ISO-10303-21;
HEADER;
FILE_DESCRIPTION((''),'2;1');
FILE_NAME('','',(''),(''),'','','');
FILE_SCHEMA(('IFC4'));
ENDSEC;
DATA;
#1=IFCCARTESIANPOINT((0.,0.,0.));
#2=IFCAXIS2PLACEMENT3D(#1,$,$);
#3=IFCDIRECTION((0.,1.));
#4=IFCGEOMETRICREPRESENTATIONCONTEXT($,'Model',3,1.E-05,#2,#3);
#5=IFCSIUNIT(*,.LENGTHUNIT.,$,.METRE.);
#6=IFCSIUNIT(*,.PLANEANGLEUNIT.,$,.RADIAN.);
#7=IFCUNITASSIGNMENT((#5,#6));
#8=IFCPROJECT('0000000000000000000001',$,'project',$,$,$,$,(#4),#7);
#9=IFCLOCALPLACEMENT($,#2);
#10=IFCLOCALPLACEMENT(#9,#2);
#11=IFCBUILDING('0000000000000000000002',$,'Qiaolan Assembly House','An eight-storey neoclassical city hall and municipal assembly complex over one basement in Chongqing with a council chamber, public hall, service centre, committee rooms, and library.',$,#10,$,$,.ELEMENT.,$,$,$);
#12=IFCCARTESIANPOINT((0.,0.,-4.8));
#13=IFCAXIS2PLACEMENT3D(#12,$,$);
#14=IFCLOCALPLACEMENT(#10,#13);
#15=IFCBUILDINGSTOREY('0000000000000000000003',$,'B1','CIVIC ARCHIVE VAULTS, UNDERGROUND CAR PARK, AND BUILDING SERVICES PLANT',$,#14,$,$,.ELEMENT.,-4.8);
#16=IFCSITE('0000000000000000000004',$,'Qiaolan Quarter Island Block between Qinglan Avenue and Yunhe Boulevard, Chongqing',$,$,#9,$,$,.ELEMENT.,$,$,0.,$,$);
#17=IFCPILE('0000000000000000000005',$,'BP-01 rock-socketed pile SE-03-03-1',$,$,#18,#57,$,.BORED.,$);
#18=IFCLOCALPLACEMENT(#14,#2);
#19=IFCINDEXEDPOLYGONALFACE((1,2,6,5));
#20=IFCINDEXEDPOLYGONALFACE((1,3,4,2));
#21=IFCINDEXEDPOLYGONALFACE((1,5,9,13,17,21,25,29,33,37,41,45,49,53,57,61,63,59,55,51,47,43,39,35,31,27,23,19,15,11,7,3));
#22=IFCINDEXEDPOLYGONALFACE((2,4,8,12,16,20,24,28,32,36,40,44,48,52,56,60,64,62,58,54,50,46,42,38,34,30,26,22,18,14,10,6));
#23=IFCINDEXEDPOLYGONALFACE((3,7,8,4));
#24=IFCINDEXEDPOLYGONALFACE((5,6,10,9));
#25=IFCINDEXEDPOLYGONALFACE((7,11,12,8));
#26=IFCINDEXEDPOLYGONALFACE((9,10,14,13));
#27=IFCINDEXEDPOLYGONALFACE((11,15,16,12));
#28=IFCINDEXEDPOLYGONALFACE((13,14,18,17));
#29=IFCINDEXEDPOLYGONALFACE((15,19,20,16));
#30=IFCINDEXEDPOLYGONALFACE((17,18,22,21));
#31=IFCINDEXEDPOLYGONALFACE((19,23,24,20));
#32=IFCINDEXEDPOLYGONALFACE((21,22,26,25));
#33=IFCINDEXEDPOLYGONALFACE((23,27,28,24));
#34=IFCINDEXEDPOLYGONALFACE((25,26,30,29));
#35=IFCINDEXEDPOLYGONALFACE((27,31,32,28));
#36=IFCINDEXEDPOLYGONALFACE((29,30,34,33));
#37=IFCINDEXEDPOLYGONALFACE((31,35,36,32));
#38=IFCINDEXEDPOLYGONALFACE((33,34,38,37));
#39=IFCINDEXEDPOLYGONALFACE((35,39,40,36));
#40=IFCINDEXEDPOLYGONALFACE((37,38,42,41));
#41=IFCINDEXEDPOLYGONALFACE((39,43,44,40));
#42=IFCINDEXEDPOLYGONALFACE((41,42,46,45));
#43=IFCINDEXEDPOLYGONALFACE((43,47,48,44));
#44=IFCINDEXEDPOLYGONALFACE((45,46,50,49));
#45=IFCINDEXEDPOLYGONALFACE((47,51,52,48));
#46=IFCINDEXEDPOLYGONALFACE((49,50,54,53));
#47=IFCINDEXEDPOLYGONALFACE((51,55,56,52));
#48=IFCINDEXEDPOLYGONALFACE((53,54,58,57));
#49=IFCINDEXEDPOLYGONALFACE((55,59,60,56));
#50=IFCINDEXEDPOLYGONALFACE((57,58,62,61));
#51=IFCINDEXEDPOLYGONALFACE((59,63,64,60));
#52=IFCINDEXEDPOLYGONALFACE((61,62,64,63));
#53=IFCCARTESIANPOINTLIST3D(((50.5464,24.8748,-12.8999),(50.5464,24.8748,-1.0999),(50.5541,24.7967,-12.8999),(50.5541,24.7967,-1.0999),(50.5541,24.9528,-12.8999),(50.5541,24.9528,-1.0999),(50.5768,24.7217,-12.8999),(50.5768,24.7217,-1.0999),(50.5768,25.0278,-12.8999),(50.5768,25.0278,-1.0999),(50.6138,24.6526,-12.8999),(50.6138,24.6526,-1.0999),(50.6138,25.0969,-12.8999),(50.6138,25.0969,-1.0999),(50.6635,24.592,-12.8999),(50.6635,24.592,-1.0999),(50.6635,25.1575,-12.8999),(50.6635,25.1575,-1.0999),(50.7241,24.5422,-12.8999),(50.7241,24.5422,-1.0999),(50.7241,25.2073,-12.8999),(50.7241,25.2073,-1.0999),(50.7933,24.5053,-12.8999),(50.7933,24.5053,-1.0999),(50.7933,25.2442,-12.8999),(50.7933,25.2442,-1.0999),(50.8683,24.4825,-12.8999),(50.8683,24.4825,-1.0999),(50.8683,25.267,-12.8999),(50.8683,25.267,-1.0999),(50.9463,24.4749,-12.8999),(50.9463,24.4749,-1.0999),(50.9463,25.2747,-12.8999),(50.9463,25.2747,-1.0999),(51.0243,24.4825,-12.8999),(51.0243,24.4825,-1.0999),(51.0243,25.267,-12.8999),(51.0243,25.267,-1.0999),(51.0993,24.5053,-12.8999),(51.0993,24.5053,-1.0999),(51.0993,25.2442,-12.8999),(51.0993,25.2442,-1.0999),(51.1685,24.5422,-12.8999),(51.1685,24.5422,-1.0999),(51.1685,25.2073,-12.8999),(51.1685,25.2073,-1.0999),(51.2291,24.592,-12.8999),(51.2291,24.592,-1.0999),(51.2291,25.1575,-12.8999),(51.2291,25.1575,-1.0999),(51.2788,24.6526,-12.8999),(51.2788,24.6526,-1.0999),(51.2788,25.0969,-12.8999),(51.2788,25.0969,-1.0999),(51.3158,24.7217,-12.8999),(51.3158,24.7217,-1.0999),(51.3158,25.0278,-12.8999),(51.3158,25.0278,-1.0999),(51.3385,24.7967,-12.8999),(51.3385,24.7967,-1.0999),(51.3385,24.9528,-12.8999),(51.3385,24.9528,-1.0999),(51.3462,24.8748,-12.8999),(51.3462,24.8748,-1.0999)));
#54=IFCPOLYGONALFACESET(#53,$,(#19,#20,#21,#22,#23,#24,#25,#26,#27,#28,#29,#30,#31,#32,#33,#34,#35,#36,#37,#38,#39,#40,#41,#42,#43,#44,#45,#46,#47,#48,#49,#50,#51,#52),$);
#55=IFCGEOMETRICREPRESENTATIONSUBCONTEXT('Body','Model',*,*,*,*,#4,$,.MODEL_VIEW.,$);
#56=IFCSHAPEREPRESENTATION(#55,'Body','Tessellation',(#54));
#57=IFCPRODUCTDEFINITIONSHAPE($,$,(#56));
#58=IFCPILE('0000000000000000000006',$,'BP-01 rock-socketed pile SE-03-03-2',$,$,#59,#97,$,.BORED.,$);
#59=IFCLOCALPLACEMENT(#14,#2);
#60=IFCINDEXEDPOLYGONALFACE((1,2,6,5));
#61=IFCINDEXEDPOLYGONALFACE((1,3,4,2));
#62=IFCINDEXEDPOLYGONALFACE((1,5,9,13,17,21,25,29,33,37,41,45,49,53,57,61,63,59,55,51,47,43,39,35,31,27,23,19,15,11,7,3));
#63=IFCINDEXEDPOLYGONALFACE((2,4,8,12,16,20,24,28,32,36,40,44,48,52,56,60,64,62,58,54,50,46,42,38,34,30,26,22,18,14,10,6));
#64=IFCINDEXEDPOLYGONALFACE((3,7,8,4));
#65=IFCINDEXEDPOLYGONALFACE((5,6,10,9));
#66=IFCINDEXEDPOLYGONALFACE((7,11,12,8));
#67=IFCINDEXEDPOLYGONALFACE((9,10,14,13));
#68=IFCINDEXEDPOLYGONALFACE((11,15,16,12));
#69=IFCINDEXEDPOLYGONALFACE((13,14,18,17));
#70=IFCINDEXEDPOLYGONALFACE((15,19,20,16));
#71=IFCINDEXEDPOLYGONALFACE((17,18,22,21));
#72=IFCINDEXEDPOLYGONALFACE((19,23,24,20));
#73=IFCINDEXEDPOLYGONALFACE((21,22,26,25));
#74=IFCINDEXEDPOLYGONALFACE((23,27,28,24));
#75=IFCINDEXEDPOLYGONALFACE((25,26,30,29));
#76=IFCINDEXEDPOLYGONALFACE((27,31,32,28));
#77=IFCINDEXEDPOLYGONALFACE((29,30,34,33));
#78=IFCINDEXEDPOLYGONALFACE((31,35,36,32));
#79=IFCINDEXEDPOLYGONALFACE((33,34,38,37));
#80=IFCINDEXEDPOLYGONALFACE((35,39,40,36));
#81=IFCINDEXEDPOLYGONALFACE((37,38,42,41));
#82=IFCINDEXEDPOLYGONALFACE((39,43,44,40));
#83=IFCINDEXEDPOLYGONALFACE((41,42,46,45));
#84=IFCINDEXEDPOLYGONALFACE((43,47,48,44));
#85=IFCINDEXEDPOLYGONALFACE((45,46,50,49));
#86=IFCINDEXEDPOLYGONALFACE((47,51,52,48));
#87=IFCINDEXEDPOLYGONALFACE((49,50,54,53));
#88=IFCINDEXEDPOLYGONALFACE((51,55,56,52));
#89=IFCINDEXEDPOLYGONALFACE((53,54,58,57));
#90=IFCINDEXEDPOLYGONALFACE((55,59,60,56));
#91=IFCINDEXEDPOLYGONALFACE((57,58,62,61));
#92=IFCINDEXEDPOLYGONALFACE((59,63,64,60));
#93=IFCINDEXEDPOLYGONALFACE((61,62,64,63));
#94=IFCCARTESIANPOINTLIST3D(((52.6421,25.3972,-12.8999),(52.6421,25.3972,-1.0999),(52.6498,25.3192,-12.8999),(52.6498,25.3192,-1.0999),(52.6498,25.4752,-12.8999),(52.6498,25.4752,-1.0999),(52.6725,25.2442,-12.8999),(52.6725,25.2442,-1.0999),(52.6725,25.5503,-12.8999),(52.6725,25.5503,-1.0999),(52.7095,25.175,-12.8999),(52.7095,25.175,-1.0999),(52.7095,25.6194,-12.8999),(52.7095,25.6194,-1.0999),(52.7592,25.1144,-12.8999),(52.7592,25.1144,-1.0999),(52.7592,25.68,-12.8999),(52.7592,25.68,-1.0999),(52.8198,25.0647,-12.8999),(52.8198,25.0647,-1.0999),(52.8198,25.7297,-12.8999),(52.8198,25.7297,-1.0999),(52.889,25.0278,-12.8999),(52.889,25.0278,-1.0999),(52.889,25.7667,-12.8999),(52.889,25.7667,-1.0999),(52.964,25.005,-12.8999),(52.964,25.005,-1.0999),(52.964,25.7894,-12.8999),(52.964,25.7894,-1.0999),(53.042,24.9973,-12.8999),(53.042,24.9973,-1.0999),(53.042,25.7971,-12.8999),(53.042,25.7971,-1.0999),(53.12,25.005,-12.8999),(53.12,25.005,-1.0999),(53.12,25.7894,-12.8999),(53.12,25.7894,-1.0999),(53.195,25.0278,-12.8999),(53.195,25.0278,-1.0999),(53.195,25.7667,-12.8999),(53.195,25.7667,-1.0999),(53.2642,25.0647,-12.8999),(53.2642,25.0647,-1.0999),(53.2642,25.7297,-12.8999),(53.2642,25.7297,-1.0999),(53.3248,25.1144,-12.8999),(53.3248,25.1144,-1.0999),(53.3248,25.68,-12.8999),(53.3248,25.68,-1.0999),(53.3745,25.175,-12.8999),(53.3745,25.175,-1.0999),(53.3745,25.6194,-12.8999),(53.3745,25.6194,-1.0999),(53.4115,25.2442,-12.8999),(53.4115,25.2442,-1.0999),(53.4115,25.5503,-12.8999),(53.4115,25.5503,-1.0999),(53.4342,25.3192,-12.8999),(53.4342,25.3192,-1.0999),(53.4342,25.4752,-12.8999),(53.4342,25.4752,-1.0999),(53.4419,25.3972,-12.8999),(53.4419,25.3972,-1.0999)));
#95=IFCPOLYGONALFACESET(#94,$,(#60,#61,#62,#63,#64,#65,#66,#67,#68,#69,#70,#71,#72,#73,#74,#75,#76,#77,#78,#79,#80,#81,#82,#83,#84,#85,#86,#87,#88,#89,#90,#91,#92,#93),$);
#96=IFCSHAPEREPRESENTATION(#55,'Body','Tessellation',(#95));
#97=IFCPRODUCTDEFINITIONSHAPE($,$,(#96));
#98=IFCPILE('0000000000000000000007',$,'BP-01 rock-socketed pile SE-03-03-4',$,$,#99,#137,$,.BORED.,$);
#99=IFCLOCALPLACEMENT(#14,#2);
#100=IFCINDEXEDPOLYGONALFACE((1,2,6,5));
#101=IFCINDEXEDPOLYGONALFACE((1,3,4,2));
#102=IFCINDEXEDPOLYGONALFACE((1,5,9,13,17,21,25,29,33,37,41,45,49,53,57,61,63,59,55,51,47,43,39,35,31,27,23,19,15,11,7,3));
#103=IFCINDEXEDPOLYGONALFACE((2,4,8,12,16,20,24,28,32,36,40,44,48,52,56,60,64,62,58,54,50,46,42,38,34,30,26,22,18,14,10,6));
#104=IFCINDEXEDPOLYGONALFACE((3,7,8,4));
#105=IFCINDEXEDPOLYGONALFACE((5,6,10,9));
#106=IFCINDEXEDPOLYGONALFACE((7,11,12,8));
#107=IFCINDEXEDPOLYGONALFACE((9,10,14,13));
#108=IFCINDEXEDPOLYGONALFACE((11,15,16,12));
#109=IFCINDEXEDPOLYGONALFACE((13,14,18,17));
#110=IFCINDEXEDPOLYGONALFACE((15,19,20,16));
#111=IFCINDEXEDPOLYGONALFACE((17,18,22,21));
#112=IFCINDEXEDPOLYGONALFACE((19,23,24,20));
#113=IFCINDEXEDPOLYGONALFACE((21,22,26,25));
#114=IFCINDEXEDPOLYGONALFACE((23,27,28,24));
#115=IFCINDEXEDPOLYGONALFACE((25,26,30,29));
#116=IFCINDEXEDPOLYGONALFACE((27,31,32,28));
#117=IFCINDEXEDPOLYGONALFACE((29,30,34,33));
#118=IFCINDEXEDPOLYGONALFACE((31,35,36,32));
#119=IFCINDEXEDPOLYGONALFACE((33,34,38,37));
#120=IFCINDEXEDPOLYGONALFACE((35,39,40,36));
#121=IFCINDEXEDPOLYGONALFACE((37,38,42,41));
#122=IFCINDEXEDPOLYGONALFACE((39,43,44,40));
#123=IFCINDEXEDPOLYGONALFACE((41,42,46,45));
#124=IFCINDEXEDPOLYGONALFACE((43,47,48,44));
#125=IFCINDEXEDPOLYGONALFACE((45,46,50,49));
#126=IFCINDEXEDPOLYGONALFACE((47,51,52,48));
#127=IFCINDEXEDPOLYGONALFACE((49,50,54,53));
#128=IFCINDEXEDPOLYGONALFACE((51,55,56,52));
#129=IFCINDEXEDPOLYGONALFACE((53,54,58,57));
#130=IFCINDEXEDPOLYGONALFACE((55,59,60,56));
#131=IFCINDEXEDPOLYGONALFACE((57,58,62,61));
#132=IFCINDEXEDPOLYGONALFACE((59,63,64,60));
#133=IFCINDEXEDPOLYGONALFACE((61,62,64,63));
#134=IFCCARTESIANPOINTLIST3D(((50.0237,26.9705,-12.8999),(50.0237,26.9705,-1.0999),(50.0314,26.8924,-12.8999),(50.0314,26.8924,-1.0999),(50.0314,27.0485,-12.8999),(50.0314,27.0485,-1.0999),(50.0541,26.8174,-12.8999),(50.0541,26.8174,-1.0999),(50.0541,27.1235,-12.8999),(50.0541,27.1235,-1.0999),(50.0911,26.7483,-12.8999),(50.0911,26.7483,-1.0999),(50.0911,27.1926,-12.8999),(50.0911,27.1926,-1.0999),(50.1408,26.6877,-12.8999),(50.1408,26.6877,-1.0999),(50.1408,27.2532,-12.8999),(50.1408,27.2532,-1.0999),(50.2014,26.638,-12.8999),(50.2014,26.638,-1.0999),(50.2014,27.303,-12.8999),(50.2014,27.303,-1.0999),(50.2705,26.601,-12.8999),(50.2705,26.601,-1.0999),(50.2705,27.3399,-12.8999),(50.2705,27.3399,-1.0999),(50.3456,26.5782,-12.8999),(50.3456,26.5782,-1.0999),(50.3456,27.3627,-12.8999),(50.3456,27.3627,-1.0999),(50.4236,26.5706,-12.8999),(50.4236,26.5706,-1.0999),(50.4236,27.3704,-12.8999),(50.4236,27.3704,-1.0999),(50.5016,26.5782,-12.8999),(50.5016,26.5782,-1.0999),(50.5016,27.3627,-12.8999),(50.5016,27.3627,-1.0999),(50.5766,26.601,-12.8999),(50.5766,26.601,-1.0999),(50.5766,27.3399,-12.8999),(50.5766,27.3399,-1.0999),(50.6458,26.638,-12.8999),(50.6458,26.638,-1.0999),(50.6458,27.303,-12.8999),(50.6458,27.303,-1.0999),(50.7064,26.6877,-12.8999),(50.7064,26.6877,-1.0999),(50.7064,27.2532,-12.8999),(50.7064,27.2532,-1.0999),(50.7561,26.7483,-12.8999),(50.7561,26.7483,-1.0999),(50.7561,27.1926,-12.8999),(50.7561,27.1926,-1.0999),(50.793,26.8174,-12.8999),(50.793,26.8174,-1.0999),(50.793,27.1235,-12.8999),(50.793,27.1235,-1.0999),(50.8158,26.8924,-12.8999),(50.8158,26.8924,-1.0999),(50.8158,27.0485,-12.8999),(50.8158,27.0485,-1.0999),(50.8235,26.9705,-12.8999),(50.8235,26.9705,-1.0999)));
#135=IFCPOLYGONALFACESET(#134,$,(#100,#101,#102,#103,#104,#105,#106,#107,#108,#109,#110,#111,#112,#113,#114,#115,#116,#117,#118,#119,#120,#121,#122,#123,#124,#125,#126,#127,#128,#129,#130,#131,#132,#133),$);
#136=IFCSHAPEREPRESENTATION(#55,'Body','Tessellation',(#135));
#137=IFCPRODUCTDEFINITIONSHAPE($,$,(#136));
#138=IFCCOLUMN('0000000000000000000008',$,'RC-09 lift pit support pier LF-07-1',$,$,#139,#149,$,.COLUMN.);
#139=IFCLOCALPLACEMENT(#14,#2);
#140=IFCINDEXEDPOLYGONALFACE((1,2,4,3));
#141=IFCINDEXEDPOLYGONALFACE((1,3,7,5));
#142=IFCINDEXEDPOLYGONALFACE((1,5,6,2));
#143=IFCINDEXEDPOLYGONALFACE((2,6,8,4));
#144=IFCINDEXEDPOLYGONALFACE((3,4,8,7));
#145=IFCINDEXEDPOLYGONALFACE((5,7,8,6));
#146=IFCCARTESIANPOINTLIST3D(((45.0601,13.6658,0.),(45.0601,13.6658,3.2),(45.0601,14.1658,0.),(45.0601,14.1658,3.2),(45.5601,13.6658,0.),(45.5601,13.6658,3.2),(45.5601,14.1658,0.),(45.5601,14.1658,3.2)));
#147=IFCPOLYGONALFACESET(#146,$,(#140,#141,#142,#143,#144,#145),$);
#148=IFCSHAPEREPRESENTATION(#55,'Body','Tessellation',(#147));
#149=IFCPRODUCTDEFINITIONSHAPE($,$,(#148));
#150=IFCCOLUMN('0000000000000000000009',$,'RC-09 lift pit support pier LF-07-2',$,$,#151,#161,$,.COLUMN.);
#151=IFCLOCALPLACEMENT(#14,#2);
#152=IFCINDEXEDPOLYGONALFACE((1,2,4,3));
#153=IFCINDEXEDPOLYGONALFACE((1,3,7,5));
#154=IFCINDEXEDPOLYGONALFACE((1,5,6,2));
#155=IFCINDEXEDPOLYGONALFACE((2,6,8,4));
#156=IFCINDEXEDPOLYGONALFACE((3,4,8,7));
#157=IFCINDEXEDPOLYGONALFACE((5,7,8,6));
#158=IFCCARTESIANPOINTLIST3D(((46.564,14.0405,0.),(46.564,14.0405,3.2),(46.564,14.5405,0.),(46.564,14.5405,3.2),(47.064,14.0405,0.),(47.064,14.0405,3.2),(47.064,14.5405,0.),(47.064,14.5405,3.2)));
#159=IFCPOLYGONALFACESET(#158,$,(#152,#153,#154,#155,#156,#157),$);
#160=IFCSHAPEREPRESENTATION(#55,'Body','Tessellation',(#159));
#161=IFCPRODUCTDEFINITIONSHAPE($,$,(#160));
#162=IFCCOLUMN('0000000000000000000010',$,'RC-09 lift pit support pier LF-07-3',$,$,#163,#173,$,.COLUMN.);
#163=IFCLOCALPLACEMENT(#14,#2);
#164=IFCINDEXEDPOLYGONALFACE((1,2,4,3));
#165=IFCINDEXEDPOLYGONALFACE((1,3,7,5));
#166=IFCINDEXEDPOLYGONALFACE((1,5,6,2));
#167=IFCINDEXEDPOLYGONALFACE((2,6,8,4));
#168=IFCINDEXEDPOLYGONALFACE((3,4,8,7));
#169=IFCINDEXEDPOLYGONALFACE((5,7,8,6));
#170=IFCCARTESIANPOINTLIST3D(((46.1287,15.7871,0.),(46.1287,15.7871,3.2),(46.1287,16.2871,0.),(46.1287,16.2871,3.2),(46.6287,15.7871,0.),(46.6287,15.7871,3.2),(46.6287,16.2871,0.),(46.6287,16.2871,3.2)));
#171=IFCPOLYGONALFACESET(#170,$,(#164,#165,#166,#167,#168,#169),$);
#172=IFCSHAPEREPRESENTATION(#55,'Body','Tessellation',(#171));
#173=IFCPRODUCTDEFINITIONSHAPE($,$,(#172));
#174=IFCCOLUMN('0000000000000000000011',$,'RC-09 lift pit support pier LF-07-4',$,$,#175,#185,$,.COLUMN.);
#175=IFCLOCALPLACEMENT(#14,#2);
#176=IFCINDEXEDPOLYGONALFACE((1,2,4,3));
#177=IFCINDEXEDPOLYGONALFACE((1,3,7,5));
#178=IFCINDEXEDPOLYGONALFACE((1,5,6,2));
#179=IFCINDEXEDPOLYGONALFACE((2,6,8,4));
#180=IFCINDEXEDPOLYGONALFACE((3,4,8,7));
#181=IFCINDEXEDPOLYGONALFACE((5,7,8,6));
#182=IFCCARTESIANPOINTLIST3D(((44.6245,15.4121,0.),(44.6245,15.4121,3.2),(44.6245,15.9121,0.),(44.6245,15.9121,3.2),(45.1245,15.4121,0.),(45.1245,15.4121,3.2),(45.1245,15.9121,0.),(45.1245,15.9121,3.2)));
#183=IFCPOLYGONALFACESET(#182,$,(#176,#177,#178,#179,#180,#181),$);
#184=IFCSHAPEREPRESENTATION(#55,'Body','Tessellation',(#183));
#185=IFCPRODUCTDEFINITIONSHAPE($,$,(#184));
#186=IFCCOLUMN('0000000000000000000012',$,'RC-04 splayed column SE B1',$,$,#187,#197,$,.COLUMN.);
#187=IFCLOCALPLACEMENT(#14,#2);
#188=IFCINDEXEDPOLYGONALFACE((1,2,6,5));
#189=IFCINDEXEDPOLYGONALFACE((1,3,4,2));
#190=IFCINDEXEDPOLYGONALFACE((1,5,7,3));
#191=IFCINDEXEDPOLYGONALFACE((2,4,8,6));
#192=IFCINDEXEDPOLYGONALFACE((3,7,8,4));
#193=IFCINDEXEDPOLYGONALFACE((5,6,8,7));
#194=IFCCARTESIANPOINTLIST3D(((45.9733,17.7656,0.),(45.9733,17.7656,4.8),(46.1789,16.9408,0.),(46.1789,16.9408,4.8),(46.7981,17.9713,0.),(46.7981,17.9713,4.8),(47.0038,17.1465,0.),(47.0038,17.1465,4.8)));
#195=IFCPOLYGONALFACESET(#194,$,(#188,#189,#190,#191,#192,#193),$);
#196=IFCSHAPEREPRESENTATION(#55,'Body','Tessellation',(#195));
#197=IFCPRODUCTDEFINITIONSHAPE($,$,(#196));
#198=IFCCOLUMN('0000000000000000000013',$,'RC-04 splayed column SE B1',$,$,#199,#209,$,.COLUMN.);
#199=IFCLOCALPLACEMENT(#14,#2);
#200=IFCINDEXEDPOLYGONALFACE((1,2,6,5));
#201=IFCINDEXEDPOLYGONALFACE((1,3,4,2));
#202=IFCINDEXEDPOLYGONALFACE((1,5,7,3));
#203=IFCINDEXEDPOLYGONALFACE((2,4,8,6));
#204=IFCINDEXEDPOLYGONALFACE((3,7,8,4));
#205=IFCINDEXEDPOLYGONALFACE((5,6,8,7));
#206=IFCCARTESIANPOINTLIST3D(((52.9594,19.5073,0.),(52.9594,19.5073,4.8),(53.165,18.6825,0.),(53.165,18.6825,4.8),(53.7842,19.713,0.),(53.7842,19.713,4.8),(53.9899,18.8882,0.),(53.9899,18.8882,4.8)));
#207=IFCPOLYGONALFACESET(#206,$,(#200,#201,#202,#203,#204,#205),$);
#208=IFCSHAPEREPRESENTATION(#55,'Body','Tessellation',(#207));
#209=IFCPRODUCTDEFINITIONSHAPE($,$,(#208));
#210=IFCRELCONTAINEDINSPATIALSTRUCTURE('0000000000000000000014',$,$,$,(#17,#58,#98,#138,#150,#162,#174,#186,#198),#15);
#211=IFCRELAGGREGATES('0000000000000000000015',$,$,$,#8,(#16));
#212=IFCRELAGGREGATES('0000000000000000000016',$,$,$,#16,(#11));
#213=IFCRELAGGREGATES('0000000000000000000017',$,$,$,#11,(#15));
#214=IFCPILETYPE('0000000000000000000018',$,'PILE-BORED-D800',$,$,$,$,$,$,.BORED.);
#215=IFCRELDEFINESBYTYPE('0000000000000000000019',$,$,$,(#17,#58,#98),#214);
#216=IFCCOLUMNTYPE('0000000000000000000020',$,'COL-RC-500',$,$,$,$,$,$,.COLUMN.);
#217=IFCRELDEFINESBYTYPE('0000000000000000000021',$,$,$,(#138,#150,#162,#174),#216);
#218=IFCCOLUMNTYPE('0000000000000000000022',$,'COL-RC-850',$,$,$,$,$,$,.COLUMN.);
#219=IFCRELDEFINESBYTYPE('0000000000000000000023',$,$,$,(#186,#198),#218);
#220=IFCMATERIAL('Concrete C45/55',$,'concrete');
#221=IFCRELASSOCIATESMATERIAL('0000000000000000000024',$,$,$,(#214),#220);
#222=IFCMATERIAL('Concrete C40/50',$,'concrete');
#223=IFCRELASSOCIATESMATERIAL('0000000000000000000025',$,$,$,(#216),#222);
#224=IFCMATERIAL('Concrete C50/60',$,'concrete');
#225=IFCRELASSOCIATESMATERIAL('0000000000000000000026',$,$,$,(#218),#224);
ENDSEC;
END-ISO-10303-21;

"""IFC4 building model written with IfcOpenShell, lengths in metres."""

from ifc_helpers import new_model, si_unit, direction, frame, origin, origin_2d, place, context, subcontext, project, spatial, rectangle, circle, extrude, material, material_profile, profile_set, type_object, element, save


model = new_model("IFC4")

# Units and contexts
model_context = context("Model", 3, precision=1e-05, world=origin(), true_north=direction((0.0, 1.0)))
body_context = subcontext(model_context, "Body", "Model", "MODEL_VIEW")
ifc_project = project(units=[si_unit("LENGTHUNIT", "METRE"), si_unit("PLANEANGLEUNIT", "RADIAN")], contexts=[model_context])

# Site, building, storey
site_placement = place(None, origin())
site = spatial("IfcSite", under=ifc_project, at=site_placement, Name="Qiaolan Quarter Island Block between Qinglan Avenue and Yunhe Boulevard, Chongqing", CompositionType="ELEMENT", RefElevation=0.0)
building_placement = place(site_placement, origin())
building = spatial("IfcBuilding", under=site, at=building_placement, Name="Qiaolan Assembly House", Description="An eight-storey neoclassical city hall and municipal assembly complex over one basement in Chongqing with a council chamber, public hall, service centre, committee rooms, and library.", CompositionType="ELEMENT")
storey_placement = place(building_placement, frame((0.0, 0.0, -4.8)))
storey = spatial("IfcBuildingStorey", under=building, at=storey_placement, Name="B1", Description="CIVIC ARCHIVE VAULTS, UNDERGROUND CAR PARK, AND BUILDING SERVICES PLANT", CompositionType="ELEMENT", Elevation=-4.8)

# Shared definitions
ifc_material_1 = material(Name="Concrete C40/50", Category="concrete")

# Piles
ifc_material_2 = material(Name="Concrete C45/55", Category="concrete")
ifc_material_profile_1 = material_profile(ifc_material_2, circle(Radius=0.3999, at=origin_2d()), Name="PILE D800")
ifc_profile_set_1 = profile_set([ifc_material_profile_1], Name="Concrete C45/55")
pile_type_1 = type_object("IfcPileType", Name="PILE-BORED-D800", PredefinedType="BORED", material=ifc_profile_set_1)
for number, where, z_axis, x_axis, name in (
    (1, (50.9463, 24.8748, -1.0999), (0.0, 0.0, -1.0), (1.0, 0.0, 0.0), "BP-01 rock-socketed pile SE-03-03-1"),
    (2, (53.042, 25.3972, -1.0999), (0.0, 0.0, -1.0), (1.0, 0.0, 0.0), "BP-01 rock-socketed pile SE-03-03-2"),
    (3, (50.4236, 26.9705, -1.0999), (0.0, 0.0, -1.0), (1.0, 0.0, 0.0), "BP-01 rock-socketed pile SE-03-03-4"),
):
    element("IfcPile", number, at=place(storey_placement, frame(where, z_axis=z_axis, x_axis=x_axis)), inside=storey, type_object=pile_type_1, Name=name, PredefinedType="BORED", context=body_context, shape_type="SweptSolid", body=[
        extrude(circle(Radius=0.3999, at=origin_2d()), origin(), (0.0, 0.0, 1.0), 11.8),
    ])

# Columns
ifc_material_profile_2 = material_profile(ifc_material_1, rectangle(XDim=0.5, YDim=0.5, at=origin_2d()), Name="RC 500x500")
ifc_profile_set_2 = profile_set([ifc_material_profile_2], Name="Concrete C40/50")
column_type_1 = type_object("IfcColumnType", Name="COL-RC-500", PredefinedType="COLUMN", material=ifc_profile_set_2)
for number, where, z_axis, x_axis, name in (
    (4, (45.3101, 13.9158, 0.0), (0.0, 0.0, 1.0), (1.0, 0.0, 0.0), "RC-09 lift pit support pier LF-07-1"),
    (5, (46.814, 14.2905, 0.0), (0.0, 0.0, 1.0), (1.0, 0.0, 0.0), "RC-09 lift pit support pier LF-07-2"),
    (6, (46.3787, 16.0371, 0.0), (0.0, 0.0, 1.0), (1.0, 0.0, 0.0), "RC-09 lift pit support pier LF-07-3"),
    (7, (44.8745, 15.6621, 0.0), (0.0, 0.0, 1.0), (1.0, 0.0, 0.0), "RC-09 lift pit support pier LF-07-4"),
):
    element("IfcColumn", number, at=place(storey_placement, frame(where, z_axis=z_axis, x_axis=x_axis)), inside=storey, type_object=column_type_1, Name=name, PredefinedType="COLUMN", context=body_context, shape_type="SweptSolid", body=[
        extrude(rectangle(XDim=0.5, YDim=0.5, at=origin_2d()), origin(), (0.0, 0.0, 1.0), 3.2),
    ])
ifc_material_3 = material(Name="Concrete C50/60", Category="concrete")
ifc_material_profile_3 = material_profile(ifc_material_3, rectangle(XDim=0.8501, YDim=0.8501, at=origin_2d()), Name="RC 850x850")
ifc_profile_set_3 = profile_set([ifc_material_profile_3], Name="Concrete C50/60")
column_type_2 = type_object("IfcColumnType", Name="COL-RC-850", PredefinedType="COLUMN", material=ifc_profile_set_3)
for number, where, z_axis, x_axis, name in (
    (8, (46.4885, 17.4561, 0.0), (0.0, 0.0, 1.0), (0.970296, 0.241922, 0.0), "RC-04 splayed column SE B1"),
    (9, (53.4746, 19.1978, 0.0), (0.0, 0.0, 1.0), (0.970296, 0.241922, 0.0), "RC-04 splayed column SE B1"),
):
    element("IfcColumn", number, at=place(storey_placement, frame(where, z_axis=z_axis, x_axis=x_axis)), inside=storey, type_object=column_type_2, Name=name, PredefinedType="COLUMN", context=body_context, shape_type="SweptSolid", body=[
        extrude(rectangle(XDim=0.8501, YDim=0.8501, at=origin_2d()), origin(), (0.0, 0.0, 1.0), 4.8),
    ])

save(model, "model.ifc")
